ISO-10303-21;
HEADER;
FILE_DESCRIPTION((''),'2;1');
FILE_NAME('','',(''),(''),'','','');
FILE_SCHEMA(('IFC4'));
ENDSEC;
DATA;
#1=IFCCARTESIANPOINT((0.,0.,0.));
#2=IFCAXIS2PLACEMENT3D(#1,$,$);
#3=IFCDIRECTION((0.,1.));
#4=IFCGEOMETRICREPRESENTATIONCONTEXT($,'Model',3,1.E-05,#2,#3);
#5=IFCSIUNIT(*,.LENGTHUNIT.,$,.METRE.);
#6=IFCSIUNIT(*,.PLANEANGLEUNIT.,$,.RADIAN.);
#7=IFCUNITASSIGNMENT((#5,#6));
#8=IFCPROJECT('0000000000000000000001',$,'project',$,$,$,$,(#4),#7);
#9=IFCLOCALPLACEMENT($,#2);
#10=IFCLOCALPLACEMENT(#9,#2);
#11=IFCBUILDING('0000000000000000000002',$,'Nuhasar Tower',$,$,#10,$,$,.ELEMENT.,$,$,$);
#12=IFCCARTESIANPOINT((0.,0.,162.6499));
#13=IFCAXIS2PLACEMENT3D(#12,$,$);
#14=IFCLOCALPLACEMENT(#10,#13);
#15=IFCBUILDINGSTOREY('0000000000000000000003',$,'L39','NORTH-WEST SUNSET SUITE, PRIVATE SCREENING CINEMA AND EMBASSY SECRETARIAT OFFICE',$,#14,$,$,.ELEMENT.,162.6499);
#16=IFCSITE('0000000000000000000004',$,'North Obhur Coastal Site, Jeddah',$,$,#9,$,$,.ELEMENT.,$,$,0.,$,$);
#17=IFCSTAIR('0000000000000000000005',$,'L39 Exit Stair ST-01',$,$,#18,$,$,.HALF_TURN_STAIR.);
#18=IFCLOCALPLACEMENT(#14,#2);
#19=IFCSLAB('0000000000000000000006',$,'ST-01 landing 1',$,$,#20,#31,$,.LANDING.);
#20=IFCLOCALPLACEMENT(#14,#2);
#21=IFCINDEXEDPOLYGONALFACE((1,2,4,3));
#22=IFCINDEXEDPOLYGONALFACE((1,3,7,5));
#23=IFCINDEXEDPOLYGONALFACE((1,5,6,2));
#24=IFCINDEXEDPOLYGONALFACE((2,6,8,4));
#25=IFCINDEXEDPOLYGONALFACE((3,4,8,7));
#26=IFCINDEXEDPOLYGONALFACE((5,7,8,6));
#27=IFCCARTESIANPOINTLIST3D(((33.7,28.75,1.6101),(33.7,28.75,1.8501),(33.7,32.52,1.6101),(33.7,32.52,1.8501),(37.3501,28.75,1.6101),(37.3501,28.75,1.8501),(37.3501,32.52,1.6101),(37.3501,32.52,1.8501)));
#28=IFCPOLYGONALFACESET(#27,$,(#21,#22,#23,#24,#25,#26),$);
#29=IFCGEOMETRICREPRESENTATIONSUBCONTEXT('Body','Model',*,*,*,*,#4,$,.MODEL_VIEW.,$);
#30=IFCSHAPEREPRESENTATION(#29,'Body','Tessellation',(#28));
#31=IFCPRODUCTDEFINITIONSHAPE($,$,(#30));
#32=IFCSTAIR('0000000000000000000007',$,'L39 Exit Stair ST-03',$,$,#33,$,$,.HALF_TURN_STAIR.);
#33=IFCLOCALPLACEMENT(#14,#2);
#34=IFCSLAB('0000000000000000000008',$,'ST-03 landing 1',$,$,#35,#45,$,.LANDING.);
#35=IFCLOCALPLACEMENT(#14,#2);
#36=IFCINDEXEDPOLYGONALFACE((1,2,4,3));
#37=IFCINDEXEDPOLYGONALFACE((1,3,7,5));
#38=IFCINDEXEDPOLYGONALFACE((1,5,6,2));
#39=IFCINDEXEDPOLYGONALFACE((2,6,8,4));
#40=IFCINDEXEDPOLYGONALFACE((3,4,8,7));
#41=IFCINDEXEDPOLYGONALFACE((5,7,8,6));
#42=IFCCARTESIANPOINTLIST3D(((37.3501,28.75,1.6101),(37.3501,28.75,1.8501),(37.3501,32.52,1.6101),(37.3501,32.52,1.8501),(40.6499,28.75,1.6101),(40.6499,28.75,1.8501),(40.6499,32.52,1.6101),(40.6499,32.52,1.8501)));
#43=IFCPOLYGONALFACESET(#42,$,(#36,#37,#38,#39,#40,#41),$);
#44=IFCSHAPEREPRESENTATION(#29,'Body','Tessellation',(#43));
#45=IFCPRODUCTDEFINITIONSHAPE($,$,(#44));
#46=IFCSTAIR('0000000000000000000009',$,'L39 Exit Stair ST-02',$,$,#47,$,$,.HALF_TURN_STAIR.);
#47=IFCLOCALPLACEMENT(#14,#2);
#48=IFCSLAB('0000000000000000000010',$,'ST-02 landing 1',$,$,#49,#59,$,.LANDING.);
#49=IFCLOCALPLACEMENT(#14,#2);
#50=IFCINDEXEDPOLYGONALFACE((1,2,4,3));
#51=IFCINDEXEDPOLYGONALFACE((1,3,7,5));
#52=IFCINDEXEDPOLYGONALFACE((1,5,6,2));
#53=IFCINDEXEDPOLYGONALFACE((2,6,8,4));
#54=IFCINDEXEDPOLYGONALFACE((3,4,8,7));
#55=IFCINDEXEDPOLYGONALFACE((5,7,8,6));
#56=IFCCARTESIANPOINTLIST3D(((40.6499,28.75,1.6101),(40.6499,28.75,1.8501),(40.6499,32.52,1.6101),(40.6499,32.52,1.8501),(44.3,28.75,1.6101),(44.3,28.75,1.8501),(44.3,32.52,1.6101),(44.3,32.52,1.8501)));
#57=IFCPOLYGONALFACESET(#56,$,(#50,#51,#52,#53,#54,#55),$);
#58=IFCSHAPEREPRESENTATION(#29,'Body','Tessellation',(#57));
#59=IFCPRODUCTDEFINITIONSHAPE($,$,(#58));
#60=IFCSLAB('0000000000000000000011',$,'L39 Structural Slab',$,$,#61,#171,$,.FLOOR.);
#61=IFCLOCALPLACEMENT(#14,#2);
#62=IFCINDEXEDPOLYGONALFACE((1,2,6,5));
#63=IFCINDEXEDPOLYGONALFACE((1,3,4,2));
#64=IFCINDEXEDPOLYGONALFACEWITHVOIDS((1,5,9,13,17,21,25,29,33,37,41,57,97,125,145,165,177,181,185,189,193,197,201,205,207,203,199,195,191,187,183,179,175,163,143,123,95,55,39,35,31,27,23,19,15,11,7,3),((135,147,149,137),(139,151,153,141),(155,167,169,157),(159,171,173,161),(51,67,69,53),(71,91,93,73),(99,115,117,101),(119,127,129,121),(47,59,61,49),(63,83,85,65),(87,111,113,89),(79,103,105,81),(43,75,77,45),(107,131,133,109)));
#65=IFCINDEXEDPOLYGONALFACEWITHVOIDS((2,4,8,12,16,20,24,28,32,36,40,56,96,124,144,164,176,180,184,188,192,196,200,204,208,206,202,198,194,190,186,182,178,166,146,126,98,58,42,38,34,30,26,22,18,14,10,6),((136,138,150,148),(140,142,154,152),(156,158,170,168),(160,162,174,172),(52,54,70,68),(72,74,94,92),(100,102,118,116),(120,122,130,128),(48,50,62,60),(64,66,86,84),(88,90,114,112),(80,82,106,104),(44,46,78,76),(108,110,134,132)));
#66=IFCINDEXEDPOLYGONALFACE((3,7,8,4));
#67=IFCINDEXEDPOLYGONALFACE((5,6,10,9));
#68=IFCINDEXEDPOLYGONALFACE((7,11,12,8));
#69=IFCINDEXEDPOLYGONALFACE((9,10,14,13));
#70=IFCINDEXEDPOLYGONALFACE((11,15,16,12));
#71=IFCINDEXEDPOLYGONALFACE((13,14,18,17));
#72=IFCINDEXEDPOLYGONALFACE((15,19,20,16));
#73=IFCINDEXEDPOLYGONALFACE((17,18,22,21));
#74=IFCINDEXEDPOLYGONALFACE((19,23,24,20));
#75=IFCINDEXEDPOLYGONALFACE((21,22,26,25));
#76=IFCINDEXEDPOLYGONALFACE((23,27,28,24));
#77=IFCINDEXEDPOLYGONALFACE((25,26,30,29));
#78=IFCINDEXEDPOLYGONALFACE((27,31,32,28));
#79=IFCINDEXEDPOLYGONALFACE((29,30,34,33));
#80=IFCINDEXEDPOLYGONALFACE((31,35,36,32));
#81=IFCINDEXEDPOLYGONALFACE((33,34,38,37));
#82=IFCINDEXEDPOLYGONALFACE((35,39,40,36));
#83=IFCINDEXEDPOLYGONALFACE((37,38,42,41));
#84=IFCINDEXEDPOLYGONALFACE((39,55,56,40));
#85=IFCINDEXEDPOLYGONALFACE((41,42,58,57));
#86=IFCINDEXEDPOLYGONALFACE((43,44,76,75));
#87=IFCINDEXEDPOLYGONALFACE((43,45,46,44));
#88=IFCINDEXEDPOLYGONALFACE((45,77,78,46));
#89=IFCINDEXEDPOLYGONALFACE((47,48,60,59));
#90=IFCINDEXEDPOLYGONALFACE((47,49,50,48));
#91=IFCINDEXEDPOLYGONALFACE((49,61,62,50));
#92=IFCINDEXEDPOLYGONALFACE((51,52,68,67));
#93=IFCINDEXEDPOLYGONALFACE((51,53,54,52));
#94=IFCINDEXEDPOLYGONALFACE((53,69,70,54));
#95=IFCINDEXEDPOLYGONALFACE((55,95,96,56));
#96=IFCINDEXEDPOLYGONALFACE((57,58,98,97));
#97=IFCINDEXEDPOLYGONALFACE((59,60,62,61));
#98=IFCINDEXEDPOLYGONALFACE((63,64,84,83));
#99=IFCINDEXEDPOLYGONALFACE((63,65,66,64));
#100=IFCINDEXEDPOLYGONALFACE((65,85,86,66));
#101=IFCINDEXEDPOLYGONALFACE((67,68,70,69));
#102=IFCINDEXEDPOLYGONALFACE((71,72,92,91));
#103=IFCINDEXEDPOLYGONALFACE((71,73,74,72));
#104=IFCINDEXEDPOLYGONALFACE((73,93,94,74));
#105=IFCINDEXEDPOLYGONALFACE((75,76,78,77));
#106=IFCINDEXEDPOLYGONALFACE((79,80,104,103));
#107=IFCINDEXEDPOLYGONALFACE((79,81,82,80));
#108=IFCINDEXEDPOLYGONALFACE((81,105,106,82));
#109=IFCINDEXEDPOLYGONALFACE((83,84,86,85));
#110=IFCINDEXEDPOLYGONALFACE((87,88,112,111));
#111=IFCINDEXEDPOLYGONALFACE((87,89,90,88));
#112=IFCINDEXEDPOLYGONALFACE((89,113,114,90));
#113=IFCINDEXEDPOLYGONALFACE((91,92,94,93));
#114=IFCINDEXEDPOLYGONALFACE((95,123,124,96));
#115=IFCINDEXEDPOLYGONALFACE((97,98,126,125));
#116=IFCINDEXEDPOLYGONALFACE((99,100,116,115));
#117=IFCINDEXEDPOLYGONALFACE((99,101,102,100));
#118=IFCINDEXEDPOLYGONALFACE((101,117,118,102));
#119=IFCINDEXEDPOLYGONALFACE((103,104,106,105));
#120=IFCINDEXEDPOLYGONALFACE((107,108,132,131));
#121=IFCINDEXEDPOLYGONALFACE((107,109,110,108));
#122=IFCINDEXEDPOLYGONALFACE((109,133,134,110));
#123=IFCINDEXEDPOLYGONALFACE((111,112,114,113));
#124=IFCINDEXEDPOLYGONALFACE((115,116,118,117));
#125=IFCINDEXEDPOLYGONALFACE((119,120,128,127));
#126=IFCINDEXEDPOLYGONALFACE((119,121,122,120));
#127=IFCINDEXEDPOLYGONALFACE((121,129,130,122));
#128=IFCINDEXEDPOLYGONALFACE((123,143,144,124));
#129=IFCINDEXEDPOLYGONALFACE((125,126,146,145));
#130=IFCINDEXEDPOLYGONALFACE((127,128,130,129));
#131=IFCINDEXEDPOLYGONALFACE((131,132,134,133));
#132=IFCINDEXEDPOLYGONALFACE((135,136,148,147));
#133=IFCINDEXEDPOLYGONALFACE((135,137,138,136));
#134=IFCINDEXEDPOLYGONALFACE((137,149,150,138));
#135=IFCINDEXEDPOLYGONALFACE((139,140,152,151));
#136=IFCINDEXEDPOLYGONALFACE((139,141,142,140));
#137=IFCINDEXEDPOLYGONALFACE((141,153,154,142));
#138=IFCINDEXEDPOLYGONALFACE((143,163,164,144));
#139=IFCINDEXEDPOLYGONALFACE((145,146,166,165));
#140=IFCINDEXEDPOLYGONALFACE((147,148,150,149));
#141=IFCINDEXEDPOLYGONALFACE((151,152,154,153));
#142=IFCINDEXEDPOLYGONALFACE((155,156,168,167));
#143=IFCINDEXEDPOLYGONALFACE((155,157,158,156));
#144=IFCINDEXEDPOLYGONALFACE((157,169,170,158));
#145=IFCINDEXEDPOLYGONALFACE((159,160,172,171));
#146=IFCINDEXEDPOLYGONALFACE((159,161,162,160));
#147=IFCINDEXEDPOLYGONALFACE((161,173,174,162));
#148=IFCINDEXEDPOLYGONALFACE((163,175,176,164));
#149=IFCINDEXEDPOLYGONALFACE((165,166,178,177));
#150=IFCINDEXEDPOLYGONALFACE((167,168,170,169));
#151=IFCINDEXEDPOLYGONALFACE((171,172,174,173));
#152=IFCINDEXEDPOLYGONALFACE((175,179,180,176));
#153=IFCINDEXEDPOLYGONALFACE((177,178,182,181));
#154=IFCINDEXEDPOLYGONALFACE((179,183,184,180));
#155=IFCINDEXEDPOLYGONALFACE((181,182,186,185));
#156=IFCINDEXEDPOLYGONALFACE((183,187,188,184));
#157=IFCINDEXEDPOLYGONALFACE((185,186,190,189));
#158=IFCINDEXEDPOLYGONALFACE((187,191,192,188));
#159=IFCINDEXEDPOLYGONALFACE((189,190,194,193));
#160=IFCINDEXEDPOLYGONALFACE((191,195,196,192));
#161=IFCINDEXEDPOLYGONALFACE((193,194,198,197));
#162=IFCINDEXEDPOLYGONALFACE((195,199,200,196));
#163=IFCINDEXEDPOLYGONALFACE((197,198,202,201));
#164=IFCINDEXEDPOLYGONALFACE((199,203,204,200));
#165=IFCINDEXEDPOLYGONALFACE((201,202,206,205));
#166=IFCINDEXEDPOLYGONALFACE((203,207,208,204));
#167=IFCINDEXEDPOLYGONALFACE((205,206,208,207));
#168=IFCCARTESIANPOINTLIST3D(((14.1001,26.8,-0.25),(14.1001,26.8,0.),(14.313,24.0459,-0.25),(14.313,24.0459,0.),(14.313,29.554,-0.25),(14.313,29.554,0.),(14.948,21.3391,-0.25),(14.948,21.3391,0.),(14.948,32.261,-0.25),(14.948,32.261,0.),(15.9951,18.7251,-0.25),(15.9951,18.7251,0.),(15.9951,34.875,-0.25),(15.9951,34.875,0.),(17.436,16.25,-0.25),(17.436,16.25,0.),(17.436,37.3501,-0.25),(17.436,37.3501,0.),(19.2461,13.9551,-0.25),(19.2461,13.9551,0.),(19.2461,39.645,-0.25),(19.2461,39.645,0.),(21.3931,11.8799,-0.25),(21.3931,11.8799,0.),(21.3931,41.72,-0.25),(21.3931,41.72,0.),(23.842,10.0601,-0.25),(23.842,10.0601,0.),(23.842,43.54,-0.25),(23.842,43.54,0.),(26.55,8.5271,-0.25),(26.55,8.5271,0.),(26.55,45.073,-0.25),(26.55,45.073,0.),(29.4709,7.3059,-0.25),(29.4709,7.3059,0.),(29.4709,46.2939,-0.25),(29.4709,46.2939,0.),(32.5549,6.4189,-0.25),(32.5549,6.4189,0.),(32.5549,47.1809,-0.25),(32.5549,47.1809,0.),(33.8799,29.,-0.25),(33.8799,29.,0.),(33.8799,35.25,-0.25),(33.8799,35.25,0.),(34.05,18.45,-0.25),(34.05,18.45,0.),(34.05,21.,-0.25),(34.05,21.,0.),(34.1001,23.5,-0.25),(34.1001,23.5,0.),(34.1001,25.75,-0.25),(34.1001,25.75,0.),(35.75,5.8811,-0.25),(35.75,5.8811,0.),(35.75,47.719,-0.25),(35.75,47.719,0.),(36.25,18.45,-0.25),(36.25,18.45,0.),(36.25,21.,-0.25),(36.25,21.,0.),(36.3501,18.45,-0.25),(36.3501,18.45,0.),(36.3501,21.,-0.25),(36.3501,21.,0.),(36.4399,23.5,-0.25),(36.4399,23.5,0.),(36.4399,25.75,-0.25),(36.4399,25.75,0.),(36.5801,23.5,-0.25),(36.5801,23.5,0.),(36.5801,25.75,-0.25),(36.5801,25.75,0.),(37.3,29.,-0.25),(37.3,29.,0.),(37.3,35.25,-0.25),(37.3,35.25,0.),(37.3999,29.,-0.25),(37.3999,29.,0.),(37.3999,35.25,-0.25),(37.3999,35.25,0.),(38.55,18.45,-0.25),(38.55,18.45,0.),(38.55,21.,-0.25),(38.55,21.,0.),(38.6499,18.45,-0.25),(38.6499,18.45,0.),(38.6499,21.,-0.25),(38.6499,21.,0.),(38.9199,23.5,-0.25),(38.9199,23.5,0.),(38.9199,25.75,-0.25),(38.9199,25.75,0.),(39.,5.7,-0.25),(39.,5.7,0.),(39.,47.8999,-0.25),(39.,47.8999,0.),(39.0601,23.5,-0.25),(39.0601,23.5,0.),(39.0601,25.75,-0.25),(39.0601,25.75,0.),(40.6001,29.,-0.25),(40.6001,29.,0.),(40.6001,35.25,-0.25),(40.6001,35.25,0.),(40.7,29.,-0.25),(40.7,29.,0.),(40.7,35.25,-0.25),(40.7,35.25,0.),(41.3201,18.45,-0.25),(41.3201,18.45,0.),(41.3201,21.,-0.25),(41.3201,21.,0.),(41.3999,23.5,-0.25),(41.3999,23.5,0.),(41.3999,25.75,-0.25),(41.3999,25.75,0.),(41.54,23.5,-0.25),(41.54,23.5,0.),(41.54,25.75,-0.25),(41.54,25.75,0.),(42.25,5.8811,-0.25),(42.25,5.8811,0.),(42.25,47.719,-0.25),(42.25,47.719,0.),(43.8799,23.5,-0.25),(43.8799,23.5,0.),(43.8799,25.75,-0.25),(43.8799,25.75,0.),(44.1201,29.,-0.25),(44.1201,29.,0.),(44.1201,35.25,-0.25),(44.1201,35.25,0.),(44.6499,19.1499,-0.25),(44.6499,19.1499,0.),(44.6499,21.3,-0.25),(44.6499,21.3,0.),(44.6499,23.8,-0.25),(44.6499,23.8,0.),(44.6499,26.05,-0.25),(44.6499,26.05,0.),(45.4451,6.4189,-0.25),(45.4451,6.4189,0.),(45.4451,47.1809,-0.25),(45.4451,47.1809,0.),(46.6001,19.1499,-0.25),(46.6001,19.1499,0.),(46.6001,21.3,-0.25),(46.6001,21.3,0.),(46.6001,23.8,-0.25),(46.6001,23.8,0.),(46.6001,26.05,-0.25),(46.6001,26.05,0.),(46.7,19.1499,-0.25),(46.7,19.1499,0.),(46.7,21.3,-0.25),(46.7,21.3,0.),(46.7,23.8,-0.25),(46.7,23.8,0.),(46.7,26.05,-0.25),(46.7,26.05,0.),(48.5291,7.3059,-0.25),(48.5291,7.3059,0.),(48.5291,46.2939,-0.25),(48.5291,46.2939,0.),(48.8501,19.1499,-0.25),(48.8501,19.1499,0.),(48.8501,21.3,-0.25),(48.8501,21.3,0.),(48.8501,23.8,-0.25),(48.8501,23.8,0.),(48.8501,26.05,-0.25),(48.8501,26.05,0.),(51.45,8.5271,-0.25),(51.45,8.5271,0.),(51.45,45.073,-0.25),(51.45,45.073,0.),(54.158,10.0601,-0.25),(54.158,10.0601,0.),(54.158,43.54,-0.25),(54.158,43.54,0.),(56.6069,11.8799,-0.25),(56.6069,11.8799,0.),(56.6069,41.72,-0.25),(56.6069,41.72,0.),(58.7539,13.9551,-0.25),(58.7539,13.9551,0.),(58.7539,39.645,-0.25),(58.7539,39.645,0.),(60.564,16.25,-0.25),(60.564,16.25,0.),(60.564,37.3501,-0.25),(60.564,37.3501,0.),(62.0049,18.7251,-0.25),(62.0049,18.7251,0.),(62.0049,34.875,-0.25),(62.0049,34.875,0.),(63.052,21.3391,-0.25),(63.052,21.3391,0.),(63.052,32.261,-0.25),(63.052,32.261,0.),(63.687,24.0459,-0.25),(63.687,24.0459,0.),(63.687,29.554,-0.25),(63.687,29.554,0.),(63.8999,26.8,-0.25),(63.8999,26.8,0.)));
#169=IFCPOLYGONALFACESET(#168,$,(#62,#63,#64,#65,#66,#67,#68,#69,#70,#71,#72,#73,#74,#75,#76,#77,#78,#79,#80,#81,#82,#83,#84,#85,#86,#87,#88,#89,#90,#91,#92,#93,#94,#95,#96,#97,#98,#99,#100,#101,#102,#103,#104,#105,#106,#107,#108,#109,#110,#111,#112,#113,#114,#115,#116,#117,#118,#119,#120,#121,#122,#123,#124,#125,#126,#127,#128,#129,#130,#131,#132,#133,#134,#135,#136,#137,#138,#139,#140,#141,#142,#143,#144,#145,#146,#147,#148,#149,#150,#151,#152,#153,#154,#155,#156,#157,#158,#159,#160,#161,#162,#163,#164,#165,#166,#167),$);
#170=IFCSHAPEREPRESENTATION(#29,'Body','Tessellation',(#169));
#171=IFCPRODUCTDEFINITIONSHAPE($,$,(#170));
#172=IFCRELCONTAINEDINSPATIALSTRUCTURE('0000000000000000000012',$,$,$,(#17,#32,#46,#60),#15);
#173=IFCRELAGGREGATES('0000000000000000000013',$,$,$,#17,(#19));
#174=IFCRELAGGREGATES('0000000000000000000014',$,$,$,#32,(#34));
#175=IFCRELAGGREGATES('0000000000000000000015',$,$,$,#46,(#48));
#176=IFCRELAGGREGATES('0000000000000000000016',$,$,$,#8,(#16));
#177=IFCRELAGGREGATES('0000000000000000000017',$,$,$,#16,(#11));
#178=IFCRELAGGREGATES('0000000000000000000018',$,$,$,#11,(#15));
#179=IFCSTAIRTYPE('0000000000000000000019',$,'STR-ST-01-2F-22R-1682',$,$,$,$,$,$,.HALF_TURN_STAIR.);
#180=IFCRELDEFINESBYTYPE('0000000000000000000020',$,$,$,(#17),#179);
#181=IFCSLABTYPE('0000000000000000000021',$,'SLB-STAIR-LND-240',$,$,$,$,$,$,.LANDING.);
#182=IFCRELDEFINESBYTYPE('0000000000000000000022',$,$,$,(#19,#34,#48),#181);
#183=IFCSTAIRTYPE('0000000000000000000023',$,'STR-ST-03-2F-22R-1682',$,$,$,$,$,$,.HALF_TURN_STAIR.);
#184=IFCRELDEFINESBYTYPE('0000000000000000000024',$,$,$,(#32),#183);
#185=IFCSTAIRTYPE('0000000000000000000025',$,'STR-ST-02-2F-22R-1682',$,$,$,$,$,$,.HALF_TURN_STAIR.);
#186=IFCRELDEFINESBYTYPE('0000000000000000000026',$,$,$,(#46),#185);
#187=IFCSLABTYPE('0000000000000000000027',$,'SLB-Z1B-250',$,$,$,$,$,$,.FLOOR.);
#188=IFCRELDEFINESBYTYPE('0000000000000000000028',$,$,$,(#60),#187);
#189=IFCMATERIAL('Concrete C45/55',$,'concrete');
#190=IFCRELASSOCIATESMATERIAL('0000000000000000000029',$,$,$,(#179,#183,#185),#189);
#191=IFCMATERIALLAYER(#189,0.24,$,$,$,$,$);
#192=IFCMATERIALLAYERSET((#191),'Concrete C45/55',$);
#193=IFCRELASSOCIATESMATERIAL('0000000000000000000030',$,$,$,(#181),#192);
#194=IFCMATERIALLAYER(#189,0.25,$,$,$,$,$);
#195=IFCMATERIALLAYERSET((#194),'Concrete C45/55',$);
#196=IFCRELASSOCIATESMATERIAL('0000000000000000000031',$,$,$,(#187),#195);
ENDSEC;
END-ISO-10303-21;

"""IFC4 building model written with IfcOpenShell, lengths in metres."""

from ifc_helpers import new_model, si_unit, direction, frame, origin, place, context, subcontext, project, spatial, polyline, outline, extrude, material, layer, layer_set, type_object, element, aggregate, save


model = new_model("IFC4")

# Units and contexts
model_context = context("Model", 3, precision=1e-05, world=origin(), true_north=direction((0.0, 1.0)))
body_context = subcontext(model_context, "Body", "Model", "MODEL_VIEW")
ifc_project = project(units=[si_unit("LENGTHUNIT", "METRE"), si_unit("PLANEANGLEUNIT", "RADIAN")], contexts=[model_context])

# Site, building, storey
site_placement = place(None, origin())
site = spatial("IfcSite", under=ifc_project, at=site_placement, Name="North Obhur Coastal Site, Jeddah", CompositionType="ELEMENT", RefElevation=0.0)
building_placement = place(site_placement, origin())
building = spatial("IfcBuilding", under=site, at=building_placement, Name="Nuhasar Tower", CompositionType="ELEMENT")
storey_placement = place(building_placement, frame((0.0, 0.0, 162.6499)))
storey = spatial("IfcBuildingStorey", under=building, at=storey_placement, Name="L39", Description="NORTH-WEST SUNSET SUITE, PRIVATE SCREENING CINEMA AND EMBASSY SECRETARIAT OFFICE", CompositionType="ELEMENT", Elevation=162.6499)

# Stairs, slabs
ifc_material_1 = material(Name="Concrete C45/55", Category="concrete")
stair_type_1 = type_object("IfcStairType", Name="STR-ST-01-2F-22R-1682", PredefinedType="HALF_TURN_STAIR", material=ifc_material_1)
stair_1_placement = place(storey_placement, origin())
stair_1 = element("IfcStair", 1, at=stair_1_placement, inside=storey, type_object=stair_type_1, Name="L39 Exit Stair ST-01", PredefinedType="HALF_TURN_STAIR")
ifc_layer_1 = layer(ifc_material_1, 0.24)
ifc_layer_set_1 = layer_set([ifc_layer_1], Name="Concrete C45/55")
slab_type_1 = type_object("IfcSlabType", Name="SLB-STAIR-LND-240", PredefinedType="LANDING", material=ifc_layer_set_1)
slab_1_placement = place(storey_placement, frame((0.0, 0.0, 1.6101)))
slab_1 = element("IfcSlab", 2, at=slab_1_placement, type_object=slab_type_1, Name="ST-01 landing 1", PredefinedType="LANDING", context=body_context, shape_type="SweptSolid", body=[
    extrude(outline(polyline([(33.7, 28.75), (37.3501, 28.75), (37.3501, 32.52), (33.7, 32.52), (33.7, 28.75)])), origin(), (0.0, 0.0, 1.0), 0.24),
])
aggregate(stair_1, [slab_1])
stair_type_2 = type_object("IfcStairType", Name="STR-ST-03-2F-22R-1682", PredefinedType="HALF_TURN_STAIR", material=ifc_material_1)
stair_2_placement = place(storey_placement, origin())
stair_2 = element("IfcStair", 3, at=stair_2_placement, inside=storey, type_object=stair_type_2, Name="L39 Exit Stair ST-03", PredefinedType="HALF_TURN_STAIR")
slab_2_placement = place(storey_placement, frame((0.0, 0.0, 1.6101)))
slab_2 = element("IfcSlab", 4, at=slab_2_placement, type_object=slab_type_1, Name="ST-03 landing 1", PredefinedType="LANDING", context=body_context, shape_type="SweptSolid", body=[
    extrude(outline(polyline([(37.3501, 28.75), (40.6499, 28.75), (40.6499, 32.52), (37.3501, 32.52), (37.3501, 28.75)])), origin(), (0.0, 0.0, 1.0), 0.24),
])
aggregate(stair_2, [slab_2])
stair_type_3 = type_object("IfcStairType", Name="STR-ST-02-2F-22R-1682", PredefinedType="HALF_TURN_STAIR", material=ifc_material_1)
stair_3_placement = place(storey_placement, origin())
stair_3 = element("IfcStair", 5, at=stair_3_placement, inside=storey, type_object=stair_type_3, Name="L39 Exit Stair ST-02", PredefinedType="HALF_TURN_STAIR")
slab_3_placement = place(storey_placement, frame((0.0, 0.0, 1.6101)))
slab_3 = element("IfcSlab", 6, at=slab_3_placement, type_object=slab_type_1, Name="ST-02 landing 1", PredefinedType="LANDING", context=body_context, shape_type="SweptSolid", body=[
    extrude(outline(polyline([(40.6499, 28.75), (44.3, 28.75), (44.3, 32.52), (40.6499, 32.52), (40.6499, 28.75)])), origin(), (0.0, 0.0, 1.0), 0.24),
])
aggregate(stair_3, [slab_3])

# Slab
ifc_layer_2 = layer(ifc_material_1, 0.25)
ifc_layer_set_2 = layer_set([ifc_layer_2], Name="Concrete C45/55")
slab_type_2 = type_object("IfcSlabType", Name="SLB-Z1B-250", PredefinedType="FLOOR", material=ifc_layer_set_2)
slab_4_placement = place(storey_placement, frame((0.0, 0.0, -0.25)))
element("IfcSlab", 7, at=slab_4_placement, inside=storey, type_object=slab_type_2, Name="L39 Structural Slab", PredefinedType="FLOOR", context=body_context, shape_type="SweptSolid", body=[
    extrude(outline(polyline([(63.8999, 26.8), (63.687, 29.554), (63.052, 32.261), (62.0049, 34.875), (60.564, 37.3501), (58.7539, 39.645), (56.6069, 41.72), (54.158, 43.54), (51.45, 45.073), (48.5291, 46.2939), (45.4451, 47.1809), (42.25, 47.719), (39.0, 47.8999), (35.75, 47.719), (32.5549, 47.1809), (29.4709, 46.2939), (26.55, 45.073), (23.842, 43.54), (21.3931, 41.72), (19.2461, 39.645), (17.436, 37.3501), (15.9951, 34.875), (14.948, 32.261), (14.313, 29.554), (14.1001, 26.8), (14.313, 24.0459), (14.948, 21.3391), (15.9951, 18.7251), (17.436, 16.25), (19.2461, 13.9551), (21.3931, 11.8799), (23.842, 10.0601), (26.55, 8.5271), (29.4709, 7.3059), (32.5549, 6.4189), (35.75, 5.8811), (39.0, 5.7), (42.25, 5.8811), (45.4451, 6.4189), (48.5291, 7.3059), (51.45, 8.5271), (54.158, 10.0601), (56.6069, 11.8799), (58.7539, 13.9551), (60.564, 16.25), (62.0049, 18.7251), (63.052, 21.3391), (63.687, 24.0459), (63.8999, 26.8)]), holes=[polyline([(33.8799, 35.25), (37.3, 35.25), (37.3, 29.0), (33.8799, 29.0), (33.8799, 35.25)]), polyline([(37.3999, 35.25), (40.6001, 35.25), (40.6001, 29.0), (37.3999, 29.0), (37.3999, 35.25)]), polyline([(40.7, 35.25), (44.1201, 35.25), (44.1201, 29.0), (40.7, 29.0), (40.7, 35.25)]), polyline([(44.6499, 26.05), (46.6001, 26.05), (46.6001, 23.8), (44.6499, 23.8), (44.6499, 26.05)]), polyline([(46.7, 26.05), (48.8501, 26.05), (48.8501, 23.8), (46.7, 23.8), (46.7, 26.05)]), polyline([(44.6499, 21.3), (46.6001, 21.3), (46.6001, 19.1499), (44.6499, 19.1499), (44.6499, 21.3)]), polyline([(46.7, 21.3), (48.8501, 21.3), (48.8501, 19.1499), (46.7, 19.1499), (46.7, 21.3)]), polyline([(34.1001, 25.75), (36.4399, 25.75), (36.4399, 23.5), (34.1001, 23.5), (34.1001, 25.75)]), polyline([(36.5801, 25.75), (38.9199, 25.75), (38.9199, 23.5), (36.5801, 23.5), (36.5801, 25.75)]), polyline([(39.0601, 25.75), (41.3999, 25.75), (41.3999, 23.5), (39.0601, 23.5), (39.0601, 25.75)]), polyline([(41.54, 25.75), (43.8799, 25.75), (43.8799, 23.5), (41.54, 23.5), (41.54, 25.75)]), polyline([(34.05, 21.0), (36.25, 21.0), (36.25, 18.45), (34.05, 18.45), (34.05, 21.0)]), polyline([(36.3501, 21.0), (38.55, 21.0), (38.55, 18.45), (36.3501, 18.45), (36.3501, 21.0)]), polyline([(38.6499, 21.0), (41.3201, 21.0), (41.3201, 18.45), (38.6499, 18.45), (38.6499, 21.0)])]), origin(), (0.0, 0.0, 1.0), 0.25),
])

save(model, "model.ifc")
